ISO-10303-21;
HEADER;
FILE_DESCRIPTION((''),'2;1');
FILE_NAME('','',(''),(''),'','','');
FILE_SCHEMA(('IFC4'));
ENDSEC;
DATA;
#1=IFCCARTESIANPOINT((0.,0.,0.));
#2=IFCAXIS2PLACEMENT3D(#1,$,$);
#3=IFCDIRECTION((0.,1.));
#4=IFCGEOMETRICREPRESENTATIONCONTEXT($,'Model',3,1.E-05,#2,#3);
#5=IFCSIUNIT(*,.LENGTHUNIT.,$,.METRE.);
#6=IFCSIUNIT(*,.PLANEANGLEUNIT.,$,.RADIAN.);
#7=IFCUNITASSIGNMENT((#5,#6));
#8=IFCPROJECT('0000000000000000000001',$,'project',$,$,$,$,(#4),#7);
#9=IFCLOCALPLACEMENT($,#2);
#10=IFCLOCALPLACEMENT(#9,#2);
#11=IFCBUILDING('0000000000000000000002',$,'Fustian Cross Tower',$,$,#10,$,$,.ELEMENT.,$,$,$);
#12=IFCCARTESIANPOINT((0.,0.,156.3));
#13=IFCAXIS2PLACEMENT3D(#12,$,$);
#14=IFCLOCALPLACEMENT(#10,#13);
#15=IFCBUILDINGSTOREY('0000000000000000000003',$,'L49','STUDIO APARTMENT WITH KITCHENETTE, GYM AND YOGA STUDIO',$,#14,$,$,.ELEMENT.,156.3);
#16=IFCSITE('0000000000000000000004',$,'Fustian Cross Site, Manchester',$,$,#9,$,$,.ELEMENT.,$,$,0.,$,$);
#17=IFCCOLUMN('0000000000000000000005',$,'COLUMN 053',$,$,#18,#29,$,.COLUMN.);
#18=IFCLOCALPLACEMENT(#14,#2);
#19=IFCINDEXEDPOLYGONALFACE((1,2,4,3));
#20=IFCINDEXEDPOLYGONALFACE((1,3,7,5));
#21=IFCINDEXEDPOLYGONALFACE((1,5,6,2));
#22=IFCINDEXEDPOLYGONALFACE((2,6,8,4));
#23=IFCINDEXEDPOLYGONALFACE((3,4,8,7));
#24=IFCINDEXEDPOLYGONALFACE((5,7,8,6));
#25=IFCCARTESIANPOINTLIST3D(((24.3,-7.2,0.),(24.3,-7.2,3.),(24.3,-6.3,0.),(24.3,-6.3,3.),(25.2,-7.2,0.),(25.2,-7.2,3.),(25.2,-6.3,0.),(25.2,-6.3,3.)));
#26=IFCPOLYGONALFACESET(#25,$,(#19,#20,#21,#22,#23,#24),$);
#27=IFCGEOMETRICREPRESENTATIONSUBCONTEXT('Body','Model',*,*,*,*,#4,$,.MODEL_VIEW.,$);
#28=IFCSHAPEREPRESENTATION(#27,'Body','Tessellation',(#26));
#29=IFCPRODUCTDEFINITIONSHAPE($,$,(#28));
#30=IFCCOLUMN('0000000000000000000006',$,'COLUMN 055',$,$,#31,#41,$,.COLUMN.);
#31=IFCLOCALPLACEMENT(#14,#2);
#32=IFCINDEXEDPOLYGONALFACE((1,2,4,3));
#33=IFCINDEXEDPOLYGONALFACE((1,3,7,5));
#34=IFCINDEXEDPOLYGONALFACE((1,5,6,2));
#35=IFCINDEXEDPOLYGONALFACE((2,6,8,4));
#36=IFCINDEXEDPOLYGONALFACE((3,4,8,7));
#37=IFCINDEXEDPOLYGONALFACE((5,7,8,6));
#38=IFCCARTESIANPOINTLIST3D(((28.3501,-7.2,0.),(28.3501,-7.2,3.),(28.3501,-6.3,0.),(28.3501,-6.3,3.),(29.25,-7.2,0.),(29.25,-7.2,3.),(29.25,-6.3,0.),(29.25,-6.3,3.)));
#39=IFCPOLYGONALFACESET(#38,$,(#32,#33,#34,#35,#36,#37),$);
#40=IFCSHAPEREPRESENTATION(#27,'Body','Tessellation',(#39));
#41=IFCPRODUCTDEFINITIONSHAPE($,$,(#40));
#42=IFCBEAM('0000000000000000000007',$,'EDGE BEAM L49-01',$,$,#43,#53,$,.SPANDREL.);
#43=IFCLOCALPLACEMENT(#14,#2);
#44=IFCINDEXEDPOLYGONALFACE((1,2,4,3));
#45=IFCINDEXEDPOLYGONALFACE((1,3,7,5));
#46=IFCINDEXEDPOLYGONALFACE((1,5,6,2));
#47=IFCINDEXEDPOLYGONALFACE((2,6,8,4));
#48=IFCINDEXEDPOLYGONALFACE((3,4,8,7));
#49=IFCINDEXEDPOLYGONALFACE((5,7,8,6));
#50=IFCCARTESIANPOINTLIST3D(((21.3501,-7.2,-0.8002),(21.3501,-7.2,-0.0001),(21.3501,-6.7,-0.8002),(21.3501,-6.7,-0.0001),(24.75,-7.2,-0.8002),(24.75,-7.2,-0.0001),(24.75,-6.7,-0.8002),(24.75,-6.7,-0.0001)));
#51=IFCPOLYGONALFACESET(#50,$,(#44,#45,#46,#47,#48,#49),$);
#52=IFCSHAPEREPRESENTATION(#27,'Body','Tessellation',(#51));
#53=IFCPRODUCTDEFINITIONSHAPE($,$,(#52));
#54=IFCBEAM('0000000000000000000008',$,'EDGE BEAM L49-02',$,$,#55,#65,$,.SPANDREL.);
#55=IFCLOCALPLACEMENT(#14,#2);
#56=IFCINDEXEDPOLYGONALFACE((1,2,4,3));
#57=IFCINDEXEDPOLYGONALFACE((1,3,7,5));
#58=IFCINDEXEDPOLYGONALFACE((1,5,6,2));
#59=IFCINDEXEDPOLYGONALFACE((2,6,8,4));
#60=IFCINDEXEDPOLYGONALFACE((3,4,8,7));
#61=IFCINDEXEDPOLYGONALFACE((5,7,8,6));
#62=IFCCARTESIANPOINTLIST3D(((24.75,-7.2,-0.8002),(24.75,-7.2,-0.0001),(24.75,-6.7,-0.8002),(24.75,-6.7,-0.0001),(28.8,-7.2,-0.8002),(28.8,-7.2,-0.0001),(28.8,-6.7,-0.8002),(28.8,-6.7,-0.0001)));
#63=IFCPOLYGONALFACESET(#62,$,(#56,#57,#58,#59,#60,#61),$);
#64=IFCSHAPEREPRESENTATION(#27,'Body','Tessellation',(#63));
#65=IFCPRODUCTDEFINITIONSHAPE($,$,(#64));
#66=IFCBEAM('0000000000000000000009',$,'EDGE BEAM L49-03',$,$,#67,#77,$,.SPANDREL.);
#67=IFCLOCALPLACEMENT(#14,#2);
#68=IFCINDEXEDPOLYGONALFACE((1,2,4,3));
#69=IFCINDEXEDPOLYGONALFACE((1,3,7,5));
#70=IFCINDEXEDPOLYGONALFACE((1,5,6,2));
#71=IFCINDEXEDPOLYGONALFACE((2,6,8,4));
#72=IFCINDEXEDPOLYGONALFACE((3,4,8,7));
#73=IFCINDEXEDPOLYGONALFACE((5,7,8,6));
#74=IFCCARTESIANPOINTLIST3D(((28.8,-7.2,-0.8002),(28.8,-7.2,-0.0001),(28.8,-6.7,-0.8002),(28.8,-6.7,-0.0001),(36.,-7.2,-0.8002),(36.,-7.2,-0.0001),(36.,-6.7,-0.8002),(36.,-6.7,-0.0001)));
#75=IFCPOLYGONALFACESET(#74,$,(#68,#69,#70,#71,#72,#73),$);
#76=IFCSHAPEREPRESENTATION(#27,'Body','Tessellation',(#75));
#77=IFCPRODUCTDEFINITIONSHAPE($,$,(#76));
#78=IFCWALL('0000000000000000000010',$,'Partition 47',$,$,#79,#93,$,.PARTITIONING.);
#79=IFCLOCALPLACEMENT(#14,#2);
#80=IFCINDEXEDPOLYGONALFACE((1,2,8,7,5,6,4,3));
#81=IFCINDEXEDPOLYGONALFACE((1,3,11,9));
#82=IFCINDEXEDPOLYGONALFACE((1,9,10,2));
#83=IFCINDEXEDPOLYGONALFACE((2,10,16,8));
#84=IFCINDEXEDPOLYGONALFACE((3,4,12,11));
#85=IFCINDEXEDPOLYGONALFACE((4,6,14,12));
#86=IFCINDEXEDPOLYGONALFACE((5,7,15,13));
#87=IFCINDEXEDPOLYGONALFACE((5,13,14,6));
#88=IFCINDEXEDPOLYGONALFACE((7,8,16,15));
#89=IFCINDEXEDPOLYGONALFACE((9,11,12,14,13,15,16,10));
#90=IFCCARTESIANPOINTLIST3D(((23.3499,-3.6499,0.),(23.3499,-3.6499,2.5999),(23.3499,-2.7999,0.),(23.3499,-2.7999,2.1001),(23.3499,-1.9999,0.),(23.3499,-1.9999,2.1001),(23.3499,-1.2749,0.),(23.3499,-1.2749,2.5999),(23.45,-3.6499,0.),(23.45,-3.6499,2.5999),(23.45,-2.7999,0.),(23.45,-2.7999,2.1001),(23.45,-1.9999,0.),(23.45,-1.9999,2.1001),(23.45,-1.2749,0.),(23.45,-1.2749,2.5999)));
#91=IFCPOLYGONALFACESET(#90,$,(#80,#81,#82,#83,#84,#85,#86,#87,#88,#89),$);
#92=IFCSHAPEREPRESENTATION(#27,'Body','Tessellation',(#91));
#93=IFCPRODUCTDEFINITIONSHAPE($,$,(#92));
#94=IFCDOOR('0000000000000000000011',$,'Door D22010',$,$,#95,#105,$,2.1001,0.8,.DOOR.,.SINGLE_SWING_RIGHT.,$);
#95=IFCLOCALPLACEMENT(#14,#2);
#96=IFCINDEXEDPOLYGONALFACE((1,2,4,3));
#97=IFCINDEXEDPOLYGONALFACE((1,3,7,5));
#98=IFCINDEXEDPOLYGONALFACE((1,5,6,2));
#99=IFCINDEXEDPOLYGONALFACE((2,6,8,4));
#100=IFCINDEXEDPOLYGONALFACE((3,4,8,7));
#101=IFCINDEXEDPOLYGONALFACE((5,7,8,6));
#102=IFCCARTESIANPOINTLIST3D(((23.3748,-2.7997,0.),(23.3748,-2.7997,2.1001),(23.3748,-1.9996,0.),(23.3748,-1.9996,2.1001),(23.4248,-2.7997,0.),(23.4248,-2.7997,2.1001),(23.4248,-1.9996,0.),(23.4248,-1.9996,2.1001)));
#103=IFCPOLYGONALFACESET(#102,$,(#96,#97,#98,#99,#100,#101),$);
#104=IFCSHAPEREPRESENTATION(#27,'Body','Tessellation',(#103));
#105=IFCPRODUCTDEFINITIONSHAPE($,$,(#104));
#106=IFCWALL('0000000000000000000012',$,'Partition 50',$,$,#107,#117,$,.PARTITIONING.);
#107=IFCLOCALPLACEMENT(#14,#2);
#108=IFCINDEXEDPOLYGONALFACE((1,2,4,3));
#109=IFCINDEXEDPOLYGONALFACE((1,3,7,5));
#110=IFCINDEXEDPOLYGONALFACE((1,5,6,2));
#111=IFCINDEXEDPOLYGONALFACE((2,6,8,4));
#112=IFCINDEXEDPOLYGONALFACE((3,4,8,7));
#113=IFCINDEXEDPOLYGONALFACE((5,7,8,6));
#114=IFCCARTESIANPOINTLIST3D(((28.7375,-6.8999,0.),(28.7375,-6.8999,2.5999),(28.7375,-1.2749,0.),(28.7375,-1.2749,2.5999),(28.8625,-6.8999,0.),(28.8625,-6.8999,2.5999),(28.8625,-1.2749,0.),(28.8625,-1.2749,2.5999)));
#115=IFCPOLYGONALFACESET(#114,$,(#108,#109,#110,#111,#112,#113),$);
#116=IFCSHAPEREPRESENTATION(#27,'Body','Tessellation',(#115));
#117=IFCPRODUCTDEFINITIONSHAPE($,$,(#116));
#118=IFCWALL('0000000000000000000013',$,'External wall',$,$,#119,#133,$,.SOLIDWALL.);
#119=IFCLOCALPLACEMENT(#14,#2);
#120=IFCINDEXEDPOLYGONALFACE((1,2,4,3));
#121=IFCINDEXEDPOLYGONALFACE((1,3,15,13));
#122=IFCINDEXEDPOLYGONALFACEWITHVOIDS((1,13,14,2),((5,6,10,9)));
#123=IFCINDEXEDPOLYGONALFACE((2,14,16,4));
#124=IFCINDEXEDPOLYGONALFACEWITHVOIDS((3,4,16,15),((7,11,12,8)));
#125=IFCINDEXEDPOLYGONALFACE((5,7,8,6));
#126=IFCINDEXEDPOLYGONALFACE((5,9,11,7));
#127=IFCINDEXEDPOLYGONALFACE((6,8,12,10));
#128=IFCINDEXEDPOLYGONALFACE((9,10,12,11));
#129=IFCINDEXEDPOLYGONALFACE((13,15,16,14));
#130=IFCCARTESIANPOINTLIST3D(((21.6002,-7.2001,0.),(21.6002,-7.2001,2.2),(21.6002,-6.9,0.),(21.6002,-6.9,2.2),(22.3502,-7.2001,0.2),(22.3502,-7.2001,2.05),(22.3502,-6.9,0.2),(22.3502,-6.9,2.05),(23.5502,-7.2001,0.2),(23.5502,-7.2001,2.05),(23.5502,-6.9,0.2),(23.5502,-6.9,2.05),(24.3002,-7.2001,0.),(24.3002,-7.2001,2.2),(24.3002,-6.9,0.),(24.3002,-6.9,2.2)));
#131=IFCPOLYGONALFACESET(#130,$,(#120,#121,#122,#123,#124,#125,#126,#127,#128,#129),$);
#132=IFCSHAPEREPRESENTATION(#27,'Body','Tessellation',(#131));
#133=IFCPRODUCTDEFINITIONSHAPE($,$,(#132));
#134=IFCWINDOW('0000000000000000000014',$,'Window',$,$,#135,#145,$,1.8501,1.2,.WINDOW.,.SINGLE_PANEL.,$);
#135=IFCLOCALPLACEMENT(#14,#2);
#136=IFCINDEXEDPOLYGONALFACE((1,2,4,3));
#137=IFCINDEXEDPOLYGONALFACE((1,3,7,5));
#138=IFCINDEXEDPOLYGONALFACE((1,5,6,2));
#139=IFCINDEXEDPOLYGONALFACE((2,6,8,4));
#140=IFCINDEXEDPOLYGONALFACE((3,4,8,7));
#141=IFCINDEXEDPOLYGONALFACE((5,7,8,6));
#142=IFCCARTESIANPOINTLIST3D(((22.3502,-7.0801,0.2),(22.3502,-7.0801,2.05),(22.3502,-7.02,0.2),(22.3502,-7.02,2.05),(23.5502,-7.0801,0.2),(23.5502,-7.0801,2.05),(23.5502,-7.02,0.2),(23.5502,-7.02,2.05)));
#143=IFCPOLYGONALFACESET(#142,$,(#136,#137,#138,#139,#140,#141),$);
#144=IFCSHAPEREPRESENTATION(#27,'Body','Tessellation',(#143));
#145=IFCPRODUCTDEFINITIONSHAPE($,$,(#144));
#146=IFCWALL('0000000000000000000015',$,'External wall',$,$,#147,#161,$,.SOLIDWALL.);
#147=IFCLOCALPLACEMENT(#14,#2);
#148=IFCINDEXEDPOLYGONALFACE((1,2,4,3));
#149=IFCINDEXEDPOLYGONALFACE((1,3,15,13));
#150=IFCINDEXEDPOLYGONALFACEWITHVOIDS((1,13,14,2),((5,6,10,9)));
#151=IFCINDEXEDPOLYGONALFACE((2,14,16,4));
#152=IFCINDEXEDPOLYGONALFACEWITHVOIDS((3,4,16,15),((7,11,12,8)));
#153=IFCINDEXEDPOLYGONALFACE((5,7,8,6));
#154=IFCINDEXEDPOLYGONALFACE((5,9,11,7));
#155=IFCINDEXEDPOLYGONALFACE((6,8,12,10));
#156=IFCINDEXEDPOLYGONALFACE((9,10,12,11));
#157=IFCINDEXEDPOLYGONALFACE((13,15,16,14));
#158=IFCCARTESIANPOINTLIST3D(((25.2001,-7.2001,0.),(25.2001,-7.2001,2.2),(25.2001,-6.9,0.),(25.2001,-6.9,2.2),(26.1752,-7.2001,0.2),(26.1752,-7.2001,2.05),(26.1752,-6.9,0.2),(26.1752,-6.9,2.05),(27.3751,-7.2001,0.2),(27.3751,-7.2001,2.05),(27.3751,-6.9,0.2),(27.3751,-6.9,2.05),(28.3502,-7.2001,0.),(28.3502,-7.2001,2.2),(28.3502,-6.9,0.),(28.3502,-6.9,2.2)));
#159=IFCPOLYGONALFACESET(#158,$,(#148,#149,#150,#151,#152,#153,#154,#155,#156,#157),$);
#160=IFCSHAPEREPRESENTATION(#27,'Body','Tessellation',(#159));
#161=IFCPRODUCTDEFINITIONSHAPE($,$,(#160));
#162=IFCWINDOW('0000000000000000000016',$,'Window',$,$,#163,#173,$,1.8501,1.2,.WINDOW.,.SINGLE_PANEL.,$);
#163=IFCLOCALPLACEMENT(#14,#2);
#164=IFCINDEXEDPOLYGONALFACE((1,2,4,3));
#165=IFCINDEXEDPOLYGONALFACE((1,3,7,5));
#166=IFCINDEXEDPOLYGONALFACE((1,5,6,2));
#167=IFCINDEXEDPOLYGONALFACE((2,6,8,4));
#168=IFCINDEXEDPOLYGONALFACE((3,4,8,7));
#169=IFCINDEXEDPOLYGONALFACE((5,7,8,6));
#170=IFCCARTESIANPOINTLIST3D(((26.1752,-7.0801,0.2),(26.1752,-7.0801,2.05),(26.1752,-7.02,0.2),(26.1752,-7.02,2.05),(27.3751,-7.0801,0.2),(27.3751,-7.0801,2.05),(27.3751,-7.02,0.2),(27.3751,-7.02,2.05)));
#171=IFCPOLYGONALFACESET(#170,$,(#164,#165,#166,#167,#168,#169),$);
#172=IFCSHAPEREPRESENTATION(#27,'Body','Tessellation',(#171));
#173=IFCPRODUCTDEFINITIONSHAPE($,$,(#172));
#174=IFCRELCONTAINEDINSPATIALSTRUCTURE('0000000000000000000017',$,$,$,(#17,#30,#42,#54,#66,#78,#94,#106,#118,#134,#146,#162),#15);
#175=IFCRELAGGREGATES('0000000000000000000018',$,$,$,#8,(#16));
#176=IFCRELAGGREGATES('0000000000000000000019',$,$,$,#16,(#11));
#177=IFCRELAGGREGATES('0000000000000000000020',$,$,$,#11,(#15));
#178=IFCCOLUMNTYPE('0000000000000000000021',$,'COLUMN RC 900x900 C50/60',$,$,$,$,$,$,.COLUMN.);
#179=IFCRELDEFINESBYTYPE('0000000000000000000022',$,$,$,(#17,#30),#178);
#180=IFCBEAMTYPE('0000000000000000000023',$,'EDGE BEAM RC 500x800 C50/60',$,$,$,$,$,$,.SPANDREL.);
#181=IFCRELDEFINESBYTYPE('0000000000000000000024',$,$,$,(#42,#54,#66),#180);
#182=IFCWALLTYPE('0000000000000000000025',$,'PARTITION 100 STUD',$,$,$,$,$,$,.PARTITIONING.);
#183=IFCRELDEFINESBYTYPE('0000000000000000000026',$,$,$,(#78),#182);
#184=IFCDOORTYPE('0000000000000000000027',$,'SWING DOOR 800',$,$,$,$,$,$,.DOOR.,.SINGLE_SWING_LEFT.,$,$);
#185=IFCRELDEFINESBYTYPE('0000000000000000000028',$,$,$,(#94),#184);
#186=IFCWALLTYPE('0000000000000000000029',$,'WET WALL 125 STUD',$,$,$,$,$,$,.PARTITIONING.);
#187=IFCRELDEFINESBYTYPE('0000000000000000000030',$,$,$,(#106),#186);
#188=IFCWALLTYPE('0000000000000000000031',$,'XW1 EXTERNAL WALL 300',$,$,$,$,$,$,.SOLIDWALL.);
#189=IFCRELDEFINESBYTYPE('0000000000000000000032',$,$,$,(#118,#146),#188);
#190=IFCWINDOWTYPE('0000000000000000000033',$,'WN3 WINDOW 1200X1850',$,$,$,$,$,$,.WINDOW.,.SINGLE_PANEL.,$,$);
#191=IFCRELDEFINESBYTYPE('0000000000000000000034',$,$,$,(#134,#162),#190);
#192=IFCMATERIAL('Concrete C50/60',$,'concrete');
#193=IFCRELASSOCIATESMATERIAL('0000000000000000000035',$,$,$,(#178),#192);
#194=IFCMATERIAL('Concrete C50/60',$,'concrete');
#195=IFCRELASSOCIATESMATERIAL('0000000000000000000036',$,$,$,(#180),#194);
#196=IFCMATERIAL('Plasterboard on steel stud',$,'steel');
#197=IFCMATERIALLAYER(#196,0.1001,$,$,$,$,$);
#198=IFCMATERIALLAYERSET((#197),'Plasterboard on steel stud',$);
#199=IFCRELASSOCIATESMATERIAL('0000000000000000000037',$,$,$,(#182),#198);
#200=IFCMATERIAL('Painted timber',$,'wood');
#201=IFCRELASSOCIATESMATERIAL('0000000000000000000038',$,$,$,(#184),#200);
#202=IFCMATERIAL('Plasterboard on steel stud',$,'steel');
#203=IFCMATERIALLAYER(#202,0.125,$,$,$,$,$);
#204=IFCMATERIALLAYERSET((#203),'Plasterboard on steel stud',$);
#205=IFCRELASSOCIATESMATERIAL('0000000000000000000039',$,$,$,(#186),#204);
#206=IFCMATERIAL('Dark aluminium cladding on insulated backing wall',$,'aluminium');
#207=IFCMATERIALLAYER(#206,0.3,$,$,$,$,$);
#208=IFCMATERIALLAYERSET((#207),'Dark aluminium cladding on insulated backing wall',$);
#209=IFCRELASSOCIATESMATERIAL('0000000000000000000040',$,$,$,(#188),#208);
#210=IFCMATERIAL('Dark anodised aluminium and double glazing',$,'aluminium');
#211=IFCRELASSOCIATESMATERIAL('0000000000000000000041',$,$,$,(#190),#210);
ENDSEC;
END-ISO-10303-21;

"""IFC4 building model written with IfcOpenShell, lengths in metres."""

from ifc_helpers import new_model, si_unit, direction, frame, frame_2d, origin, origin_2d, place, context, subcontext, project, spatial, rectangle, extrude, material, layer, layer_set, material_profile, profile_set, type_object, element, fill, save


model = new_model("IFC4")

# Units and contexts
model_context = context("Model", 3, precision=1e-05, world=origin(), true_north=direction((0.0, 1.0)))
body_context = subcontext(model_context, "Body", "Model", "MODEL_VIEW")
ifc_project = project(units=[si_unit("LENGTHUNIT", "METRE"), si_unit("PLANEANGLEUNIT", "RADIAN")], contexts=[model_context])

# Site, building, storey
site_placement = place(None, origin())
site = spatial("IfcSite", under=ifc_project, at=site_placement, Name="Fustian Cross Site, Manchester", CompositionType="ELEMENT", RefElevation=0.0)
building_placement = place(site_placement, origin())
building = spatial("IfcBuilding", under=site, at=building_placement, Name="Fustian Cross Tower", CompositionType="ELEMENT")
storey_placement = place(building_placement, frame((0.0, 0.0, 156.3)))
storey = spatial("IfcBuildingStorey", under=building, at=storey_placement, Name="L49", Description="STUDIO APARTMENT WITH KITCHENETTE, GYM AND YOGA STUDIO", CompositionType="ELEMENT", Elevation=156.3)

# Columns
ifc_material_1 = material(Name="Concrete C50/60", Category="concrete")
ifc_material_profile_1 = material_profile(ifc_material_1, rectangle(XDim=0.8999, YDim=0.8999, at=origin_2d()), Name="RC 900x900")
ifc_profile_set_1 = profile_set([ifc_material_profile_1], Name="Concrete C50/60")
column_type = type_object("IfcColumnType", Name="COLUMN RC 900x900 C50/60", PredefinedType="COLUMN", material=ifc_profile_set_1)
for number, where, z_axis, x_axis, name in (
    (1, (24.75, -6.75, 0.0), (0.0, 0.0, 1.0), (1.0, 0.0, 0.0), "COLUMN 053"),
    (2, (28.8, -6.75, 0.0), (0.0, 0.0, 1.0), (1.0, 0.0, 0.0), "COLUMN 055"),
):
    element("IfcColumn", number, at=place(storey_placement, frame(where, z_axis=z_axis, x_axis=x_axis)), inside=storey, type_object=column_type, Name=name, PredefinedType="COLUMN", context=body_context, shape_type="SweptSolid", body=[
        extrude(rectangle(XDim=0.8999, YDim=0.8999, at=origin_2d()), origin(), (0.0, 0.0, 1.0), 3.0),
    ])

# Beams
ifc_material_2 = material(Name="Concrete C50/60", Category="concrete")
ifc_material_profile_2 = material_profile(ifc_material_2, rectangle(XDim=0.5, YDim=0.8, at=origin_2d()), Name="RC 500x800")
ifc_profile_set_2 = profile_set([ifc_material_profile_2], Name="Concrete C50/60")
beam_type = type_object("IfcBeamType", Name="EDGE BEAM RC 500x800 C50/60", PredefinedType="SPANDREL", material=ifc_profile_set_2)
beam_1_placement = place(storey_placement, frame((21.3501, -6.95, -0.4001), z_axis=(1.0, 0.0, 0.0), x_axis=(0.0, 1.0, 0.0)))
element("IfcBeam", 3, at=beam_1_placement, inside=storey, type_object=beam_type, Name="EDGE BEAM L49-01", PredefinedType="SPANDREL", context=body_context, shape_type="SweptSolid", body=[
    extrude(rectangle(XDim=0.5, YDim=0.8, at=origin_2d()), origin(), (0.0, 0.0, 1.0), 3.3999),
])
beam_2_placement = place(storey_placement, frame((24.75, -6.95, -0.4001), z_axis=(1.0, 0.0, 0.0), x_axis=(0.0, 1.0, 0.0)))
element("IfcBeam", 4, at=beam_2_placement, inside=storey, type_object=beam_type, Name="EDGE BEAM L49-02", PredefinedType="SPANDREL", context=body_context, shape_type="SweptSolid", body=[
    extrude(rectangle(XDim=0.5, YDim=0.8, at=origin_2d()), origin(), (0.0, 0.0, 1.0), 4.05),
])
beam_3_placement = place(storey_placement, frame((28.8, -6.95, -0.4001), z_axis=(1.0, 0.0, 0.0), x_axis=(0.0, 1.0, 0.0)))
element("IfcBeam", 5, at=beam_3_placement, inside=storey, type_object=beam_type, Name="EDGE BEAM L49-03", PredefinedType="SPANDREL", context=body_context, shape_type="SweptSolid", body=[
    extrude(rectangle(XDim=0.5, YDim=0.8, at=origin_2d()), origin(), (0.0, 0.0, 1.0), 7.2),
])

# Wall, opening, door
ifc_material_3 = material(Name="Plasterboard on steel stud", Category="steel")
ifc_layer_1 = layer(ifc_material_3, 0.1001)
ifc_layer_set_1 = layer_set([ifc_layer_1], Name="Plasterboard on steel stud")
wall_type_1 = type_object("IfcWallType", Name="PARTITION 100 STUD", PredefinedType="PARTITIONING", material=ifc_layer_set_1)
wall_1_placement = place(storey_placement, frame((23.3999, -3.6499, 0.0), z_axis=(0.0, 0.0, 1.0), x_axis=(0.0, 1.0, 0.0)))
wall_1 = element("IfcWall", 6, at=wall_1_placement, inside=storey, type_object=wall_type_1, Name="Partition 47", PredefinedType="PARTITIONING", context=body_context, shape_type="SweptSolid", body=[
    extrude(rectangle(XDim=2.375, YDim=0.1001, at=frame_2d((1.1875, 0.0))), origin(), (0.0, 0.0, 1.0), 2.5999),
])
opening_1_placement = place(wall_1_placement, frame((0.8501, 0.0, 0.0)))
opening_1 = element("IfcOpeningElement", 7, at=opening_1_placement, cuts=wall_1, PredefinedType="OPENING", context=body_context, shape_type="SweptSolid", body=[
    extrude(rectangle(XDim=0.8, YDim=2.1001, at=frame_2d((0.3999, 1.05))), frame((0.0, 0.0601, 0.0), z_axis=(0.0, -1.0, 0.0), x_axis=(1.0, 0.0, 0.0)), (0.0, 0.0, 1.0), 0.1201),
])
ifc_material_4 = material(Name="Painted timber", Category="wood")
door_type = type_object("IfcDoorType", Name="SWING DOOR 800", OperationType="SINGLE_SWING_LEFT", PredefinedType="DOOR", material=ifc_material_4)
door_placement = place(opening_1_placement, frame((0.8, 0.0, 0.0), z_axis=(0.0, 0.0, 1.0), x_axis=(-1.0, 0.0, 0.0)))
door = element("IfcDoor", 8, at=door_placement, inside=storey, type_object=door_type, Name="Door D22010", OperationType="SINGLE_SWING_RIGHT", OverallHeight=2.1001, OverallWidth=0.8, PredefinedType="DOOR", context=body_context, shape_type="SweptSolid", body=[
    extrude(rectangle(XDim=0.8, YDim=2.1001, at=frame_2d((0.3999, 1.05))), frame((0.0, 0.0249, 0.0), z_axis=(0.0, -1.0, 0.0), x_axis=(1.0, 0.0, 0.0)), (0.0, 0.0, 1.0), 0.05),
])
fill(opening_1, door)

# Wall
ifc_material_5 = material(Name="Plasterboard on steel stud", Category="steel")
ifc_layer_2 = layer(ifc_material_5, 0.125)
ifc_layer_set_2 = layer_set([ifc_layer_2], Name="Plasterboard on steel stud")
wall_type_2 = type_object("IfcWallType", Name="WET WALL 125 STUD", PredefinedType="PARTITIONING", material=ifc_layer_set_2)
wall_2_placement = place(storey_placement, frame((28.8, -6.8999, 0.0), z_axis=(0.0, 0.0, 1.0), x_axis=(0.0, 1.0, 0.0)))
element("IfcWall", 9, at=wall_2_placement, inside=storey, type_object=wall_type_2, Name="Partition 50", PredefinedType="PARTITIONING", context=body_context, shape_type="SweptSolid", body=[
    extrude(rectangle(XDim=5.625, YDim=0.125, at=frame_2d((2.8125, 0.0))), origin(), (0.0, 0.0, 1.0), 2.5999),
])

# Walls, openings, windows
ifc_material_6 = material(Name="Dark aluminium cladding on insulated backing wall", Category="aluminium")
ifc_layer_3 = layer(ifc_material_6, 0.3)
ifc_layer_set_3 = layer_set([ifc_layer_3], Name="Dark aluminium cladding on insulated backing wall")
wall_type_3 = type_object("IfcWallType", Name="XW1 EXTERNAL WALL 300", PredefinedType="SOLIDWALL", material=ifc_layer_set_3)
wall_3_placement = place(storey_placement, frame((21.6001, -7.05, 0.0), z_axis=(0.0, 0.0, 1.0), x_axis=(1.0, 0.0, 0.0)))
wall_3 = element("IfcWall", 10, at=wall_3_placement, inside=storey, type_object=wall_type_3, Name="External wall", PredefinedType="SOLIDWALL", context=body_context, shape_type="SweptSolid", body=[
    extrude(rectangle(XDim=2.7, YDim=0.3, at=frame_2d((1.3501, 0.0))), origin(), (0.0, 0.0, 1.0), 2.2),
])
opening_2_placement = place(wall_3_placement, frame((0.75, 0.0, 0.2)))
opening_2 = element("IfcOpeningElement", 11, at=opening_2_placement, cuts=wall_3, PredefinedType="OPENING", context=body_context, shape_type="SweptSolid", body=[
    extrude(rectangle(XDim=1.2, YDim=1.8501, at=frame_2d((0.6001, 0.925))), frame((0.0, 0.1599, 0.0), z_axis=(0.0, -1.0, 0.0), x_axis=(1.0, 0.0, 0.0)), (0.0, 0.0, 1.0), 0.3201),
])
ifc_material_7 = material(Name="Dark anodised aluminium and double glazing", Category="aluminium")
window_type = type_object("IfcWindowType", Name="WN3 WINDOW 1200X1850", PartitioningType="SINGLE_PANEL", PredefinedType="WINDOW", material=ifc_material_7)
window_1_placement = place(opening_2_placement, origin())
window_1 = element("IfcWindow", 12, at=window_1_placement, inside=storey, type_object=window_type, Name="Window", OverallHeight=1.8501, OverallWidth=1.2, PartitioningType="SINGLE_PANEL", PredefinedType="WINDOW", context=body_context, shape_type="SweptSolid", body=[
    extrude(rectangle(XDim=1.2, YDim=1.8501, at=frame_2d((0.6001, 0.925))), frame((0.0, 0.03, 0.0), z_axis=(0.0, -1.0, 0.0), x_axis=(1.0, 0.0, 0.0)), (0.0, 0.0, 1.0), 0.0601),
])
fill(opening_2, window_1)
wall_4_placement = place(storey_placement, frame((25.2, -7.05, 0.0), z_axis=(0.0, 0.0, 1.0), x_axis=(1.0, 0.0, 0.0)))
wall_4 = element("IfcWall", 13, at=wall_4_placement, inside=storey, type_object=wall_type_3, Name="External wall", PredefinedType="SOLIDWALL", context=body_context, shape_type="SweptSolid", body=[
    extrude(rectangle(XDim=3.1501, YDim=0.3, at=frame_2d((1.5752, 0.0))), origin(), (0.0, 0.0, 1.0), 2.2),
])
opening_3_placement = place(wall_4_placement, frame((0.9751, 0.0, 0.2)))
opening_3 = element("IfcOpeningElement", 14, at=opening_3_placement, cuts=wall_4, PredefinedType="OPENING", context=body_context, shape_type="SweptSolid", body=[
    extrude(rectangle(XDim=1.2, YDim=1.8501, at=frame_2d((0.6001, 0.925))), frame((0.0, 0.1599, 0.0), z_axis=(0.0, -1.0, 0.0), x_axis=(1.0, 0.0, 0.0)), (0.0, 0.0, 1.0), 0.3201),
])
window_2_placement = place(opening_3_placement, origin())
window_2 = element("IfcWindow", 15, at=window_2_placement, inside=storey, type_object=window_type, Name="Window", OverallHeight=1.8501, OverallWidth=1.2, PartitioningType="SINGLE_PANEL", PredefinedType="WINDOW", context=body_context, shape_type="SweptSolid", body=[
    extrude(rectangle(XDim=1.2, YDim=1.8501, at=frame_2d((0.6001, 0.925))), frame((0.0, 0.03, 0.0), z_axis=(0.0, -1.0, 0.0), x_axis=(1.0, 0.0, 0.0)), (0.0, 0.0, 1.0), 0.0601),
])
fill(opening_3, window_2)

save(model, "model.ifc")
